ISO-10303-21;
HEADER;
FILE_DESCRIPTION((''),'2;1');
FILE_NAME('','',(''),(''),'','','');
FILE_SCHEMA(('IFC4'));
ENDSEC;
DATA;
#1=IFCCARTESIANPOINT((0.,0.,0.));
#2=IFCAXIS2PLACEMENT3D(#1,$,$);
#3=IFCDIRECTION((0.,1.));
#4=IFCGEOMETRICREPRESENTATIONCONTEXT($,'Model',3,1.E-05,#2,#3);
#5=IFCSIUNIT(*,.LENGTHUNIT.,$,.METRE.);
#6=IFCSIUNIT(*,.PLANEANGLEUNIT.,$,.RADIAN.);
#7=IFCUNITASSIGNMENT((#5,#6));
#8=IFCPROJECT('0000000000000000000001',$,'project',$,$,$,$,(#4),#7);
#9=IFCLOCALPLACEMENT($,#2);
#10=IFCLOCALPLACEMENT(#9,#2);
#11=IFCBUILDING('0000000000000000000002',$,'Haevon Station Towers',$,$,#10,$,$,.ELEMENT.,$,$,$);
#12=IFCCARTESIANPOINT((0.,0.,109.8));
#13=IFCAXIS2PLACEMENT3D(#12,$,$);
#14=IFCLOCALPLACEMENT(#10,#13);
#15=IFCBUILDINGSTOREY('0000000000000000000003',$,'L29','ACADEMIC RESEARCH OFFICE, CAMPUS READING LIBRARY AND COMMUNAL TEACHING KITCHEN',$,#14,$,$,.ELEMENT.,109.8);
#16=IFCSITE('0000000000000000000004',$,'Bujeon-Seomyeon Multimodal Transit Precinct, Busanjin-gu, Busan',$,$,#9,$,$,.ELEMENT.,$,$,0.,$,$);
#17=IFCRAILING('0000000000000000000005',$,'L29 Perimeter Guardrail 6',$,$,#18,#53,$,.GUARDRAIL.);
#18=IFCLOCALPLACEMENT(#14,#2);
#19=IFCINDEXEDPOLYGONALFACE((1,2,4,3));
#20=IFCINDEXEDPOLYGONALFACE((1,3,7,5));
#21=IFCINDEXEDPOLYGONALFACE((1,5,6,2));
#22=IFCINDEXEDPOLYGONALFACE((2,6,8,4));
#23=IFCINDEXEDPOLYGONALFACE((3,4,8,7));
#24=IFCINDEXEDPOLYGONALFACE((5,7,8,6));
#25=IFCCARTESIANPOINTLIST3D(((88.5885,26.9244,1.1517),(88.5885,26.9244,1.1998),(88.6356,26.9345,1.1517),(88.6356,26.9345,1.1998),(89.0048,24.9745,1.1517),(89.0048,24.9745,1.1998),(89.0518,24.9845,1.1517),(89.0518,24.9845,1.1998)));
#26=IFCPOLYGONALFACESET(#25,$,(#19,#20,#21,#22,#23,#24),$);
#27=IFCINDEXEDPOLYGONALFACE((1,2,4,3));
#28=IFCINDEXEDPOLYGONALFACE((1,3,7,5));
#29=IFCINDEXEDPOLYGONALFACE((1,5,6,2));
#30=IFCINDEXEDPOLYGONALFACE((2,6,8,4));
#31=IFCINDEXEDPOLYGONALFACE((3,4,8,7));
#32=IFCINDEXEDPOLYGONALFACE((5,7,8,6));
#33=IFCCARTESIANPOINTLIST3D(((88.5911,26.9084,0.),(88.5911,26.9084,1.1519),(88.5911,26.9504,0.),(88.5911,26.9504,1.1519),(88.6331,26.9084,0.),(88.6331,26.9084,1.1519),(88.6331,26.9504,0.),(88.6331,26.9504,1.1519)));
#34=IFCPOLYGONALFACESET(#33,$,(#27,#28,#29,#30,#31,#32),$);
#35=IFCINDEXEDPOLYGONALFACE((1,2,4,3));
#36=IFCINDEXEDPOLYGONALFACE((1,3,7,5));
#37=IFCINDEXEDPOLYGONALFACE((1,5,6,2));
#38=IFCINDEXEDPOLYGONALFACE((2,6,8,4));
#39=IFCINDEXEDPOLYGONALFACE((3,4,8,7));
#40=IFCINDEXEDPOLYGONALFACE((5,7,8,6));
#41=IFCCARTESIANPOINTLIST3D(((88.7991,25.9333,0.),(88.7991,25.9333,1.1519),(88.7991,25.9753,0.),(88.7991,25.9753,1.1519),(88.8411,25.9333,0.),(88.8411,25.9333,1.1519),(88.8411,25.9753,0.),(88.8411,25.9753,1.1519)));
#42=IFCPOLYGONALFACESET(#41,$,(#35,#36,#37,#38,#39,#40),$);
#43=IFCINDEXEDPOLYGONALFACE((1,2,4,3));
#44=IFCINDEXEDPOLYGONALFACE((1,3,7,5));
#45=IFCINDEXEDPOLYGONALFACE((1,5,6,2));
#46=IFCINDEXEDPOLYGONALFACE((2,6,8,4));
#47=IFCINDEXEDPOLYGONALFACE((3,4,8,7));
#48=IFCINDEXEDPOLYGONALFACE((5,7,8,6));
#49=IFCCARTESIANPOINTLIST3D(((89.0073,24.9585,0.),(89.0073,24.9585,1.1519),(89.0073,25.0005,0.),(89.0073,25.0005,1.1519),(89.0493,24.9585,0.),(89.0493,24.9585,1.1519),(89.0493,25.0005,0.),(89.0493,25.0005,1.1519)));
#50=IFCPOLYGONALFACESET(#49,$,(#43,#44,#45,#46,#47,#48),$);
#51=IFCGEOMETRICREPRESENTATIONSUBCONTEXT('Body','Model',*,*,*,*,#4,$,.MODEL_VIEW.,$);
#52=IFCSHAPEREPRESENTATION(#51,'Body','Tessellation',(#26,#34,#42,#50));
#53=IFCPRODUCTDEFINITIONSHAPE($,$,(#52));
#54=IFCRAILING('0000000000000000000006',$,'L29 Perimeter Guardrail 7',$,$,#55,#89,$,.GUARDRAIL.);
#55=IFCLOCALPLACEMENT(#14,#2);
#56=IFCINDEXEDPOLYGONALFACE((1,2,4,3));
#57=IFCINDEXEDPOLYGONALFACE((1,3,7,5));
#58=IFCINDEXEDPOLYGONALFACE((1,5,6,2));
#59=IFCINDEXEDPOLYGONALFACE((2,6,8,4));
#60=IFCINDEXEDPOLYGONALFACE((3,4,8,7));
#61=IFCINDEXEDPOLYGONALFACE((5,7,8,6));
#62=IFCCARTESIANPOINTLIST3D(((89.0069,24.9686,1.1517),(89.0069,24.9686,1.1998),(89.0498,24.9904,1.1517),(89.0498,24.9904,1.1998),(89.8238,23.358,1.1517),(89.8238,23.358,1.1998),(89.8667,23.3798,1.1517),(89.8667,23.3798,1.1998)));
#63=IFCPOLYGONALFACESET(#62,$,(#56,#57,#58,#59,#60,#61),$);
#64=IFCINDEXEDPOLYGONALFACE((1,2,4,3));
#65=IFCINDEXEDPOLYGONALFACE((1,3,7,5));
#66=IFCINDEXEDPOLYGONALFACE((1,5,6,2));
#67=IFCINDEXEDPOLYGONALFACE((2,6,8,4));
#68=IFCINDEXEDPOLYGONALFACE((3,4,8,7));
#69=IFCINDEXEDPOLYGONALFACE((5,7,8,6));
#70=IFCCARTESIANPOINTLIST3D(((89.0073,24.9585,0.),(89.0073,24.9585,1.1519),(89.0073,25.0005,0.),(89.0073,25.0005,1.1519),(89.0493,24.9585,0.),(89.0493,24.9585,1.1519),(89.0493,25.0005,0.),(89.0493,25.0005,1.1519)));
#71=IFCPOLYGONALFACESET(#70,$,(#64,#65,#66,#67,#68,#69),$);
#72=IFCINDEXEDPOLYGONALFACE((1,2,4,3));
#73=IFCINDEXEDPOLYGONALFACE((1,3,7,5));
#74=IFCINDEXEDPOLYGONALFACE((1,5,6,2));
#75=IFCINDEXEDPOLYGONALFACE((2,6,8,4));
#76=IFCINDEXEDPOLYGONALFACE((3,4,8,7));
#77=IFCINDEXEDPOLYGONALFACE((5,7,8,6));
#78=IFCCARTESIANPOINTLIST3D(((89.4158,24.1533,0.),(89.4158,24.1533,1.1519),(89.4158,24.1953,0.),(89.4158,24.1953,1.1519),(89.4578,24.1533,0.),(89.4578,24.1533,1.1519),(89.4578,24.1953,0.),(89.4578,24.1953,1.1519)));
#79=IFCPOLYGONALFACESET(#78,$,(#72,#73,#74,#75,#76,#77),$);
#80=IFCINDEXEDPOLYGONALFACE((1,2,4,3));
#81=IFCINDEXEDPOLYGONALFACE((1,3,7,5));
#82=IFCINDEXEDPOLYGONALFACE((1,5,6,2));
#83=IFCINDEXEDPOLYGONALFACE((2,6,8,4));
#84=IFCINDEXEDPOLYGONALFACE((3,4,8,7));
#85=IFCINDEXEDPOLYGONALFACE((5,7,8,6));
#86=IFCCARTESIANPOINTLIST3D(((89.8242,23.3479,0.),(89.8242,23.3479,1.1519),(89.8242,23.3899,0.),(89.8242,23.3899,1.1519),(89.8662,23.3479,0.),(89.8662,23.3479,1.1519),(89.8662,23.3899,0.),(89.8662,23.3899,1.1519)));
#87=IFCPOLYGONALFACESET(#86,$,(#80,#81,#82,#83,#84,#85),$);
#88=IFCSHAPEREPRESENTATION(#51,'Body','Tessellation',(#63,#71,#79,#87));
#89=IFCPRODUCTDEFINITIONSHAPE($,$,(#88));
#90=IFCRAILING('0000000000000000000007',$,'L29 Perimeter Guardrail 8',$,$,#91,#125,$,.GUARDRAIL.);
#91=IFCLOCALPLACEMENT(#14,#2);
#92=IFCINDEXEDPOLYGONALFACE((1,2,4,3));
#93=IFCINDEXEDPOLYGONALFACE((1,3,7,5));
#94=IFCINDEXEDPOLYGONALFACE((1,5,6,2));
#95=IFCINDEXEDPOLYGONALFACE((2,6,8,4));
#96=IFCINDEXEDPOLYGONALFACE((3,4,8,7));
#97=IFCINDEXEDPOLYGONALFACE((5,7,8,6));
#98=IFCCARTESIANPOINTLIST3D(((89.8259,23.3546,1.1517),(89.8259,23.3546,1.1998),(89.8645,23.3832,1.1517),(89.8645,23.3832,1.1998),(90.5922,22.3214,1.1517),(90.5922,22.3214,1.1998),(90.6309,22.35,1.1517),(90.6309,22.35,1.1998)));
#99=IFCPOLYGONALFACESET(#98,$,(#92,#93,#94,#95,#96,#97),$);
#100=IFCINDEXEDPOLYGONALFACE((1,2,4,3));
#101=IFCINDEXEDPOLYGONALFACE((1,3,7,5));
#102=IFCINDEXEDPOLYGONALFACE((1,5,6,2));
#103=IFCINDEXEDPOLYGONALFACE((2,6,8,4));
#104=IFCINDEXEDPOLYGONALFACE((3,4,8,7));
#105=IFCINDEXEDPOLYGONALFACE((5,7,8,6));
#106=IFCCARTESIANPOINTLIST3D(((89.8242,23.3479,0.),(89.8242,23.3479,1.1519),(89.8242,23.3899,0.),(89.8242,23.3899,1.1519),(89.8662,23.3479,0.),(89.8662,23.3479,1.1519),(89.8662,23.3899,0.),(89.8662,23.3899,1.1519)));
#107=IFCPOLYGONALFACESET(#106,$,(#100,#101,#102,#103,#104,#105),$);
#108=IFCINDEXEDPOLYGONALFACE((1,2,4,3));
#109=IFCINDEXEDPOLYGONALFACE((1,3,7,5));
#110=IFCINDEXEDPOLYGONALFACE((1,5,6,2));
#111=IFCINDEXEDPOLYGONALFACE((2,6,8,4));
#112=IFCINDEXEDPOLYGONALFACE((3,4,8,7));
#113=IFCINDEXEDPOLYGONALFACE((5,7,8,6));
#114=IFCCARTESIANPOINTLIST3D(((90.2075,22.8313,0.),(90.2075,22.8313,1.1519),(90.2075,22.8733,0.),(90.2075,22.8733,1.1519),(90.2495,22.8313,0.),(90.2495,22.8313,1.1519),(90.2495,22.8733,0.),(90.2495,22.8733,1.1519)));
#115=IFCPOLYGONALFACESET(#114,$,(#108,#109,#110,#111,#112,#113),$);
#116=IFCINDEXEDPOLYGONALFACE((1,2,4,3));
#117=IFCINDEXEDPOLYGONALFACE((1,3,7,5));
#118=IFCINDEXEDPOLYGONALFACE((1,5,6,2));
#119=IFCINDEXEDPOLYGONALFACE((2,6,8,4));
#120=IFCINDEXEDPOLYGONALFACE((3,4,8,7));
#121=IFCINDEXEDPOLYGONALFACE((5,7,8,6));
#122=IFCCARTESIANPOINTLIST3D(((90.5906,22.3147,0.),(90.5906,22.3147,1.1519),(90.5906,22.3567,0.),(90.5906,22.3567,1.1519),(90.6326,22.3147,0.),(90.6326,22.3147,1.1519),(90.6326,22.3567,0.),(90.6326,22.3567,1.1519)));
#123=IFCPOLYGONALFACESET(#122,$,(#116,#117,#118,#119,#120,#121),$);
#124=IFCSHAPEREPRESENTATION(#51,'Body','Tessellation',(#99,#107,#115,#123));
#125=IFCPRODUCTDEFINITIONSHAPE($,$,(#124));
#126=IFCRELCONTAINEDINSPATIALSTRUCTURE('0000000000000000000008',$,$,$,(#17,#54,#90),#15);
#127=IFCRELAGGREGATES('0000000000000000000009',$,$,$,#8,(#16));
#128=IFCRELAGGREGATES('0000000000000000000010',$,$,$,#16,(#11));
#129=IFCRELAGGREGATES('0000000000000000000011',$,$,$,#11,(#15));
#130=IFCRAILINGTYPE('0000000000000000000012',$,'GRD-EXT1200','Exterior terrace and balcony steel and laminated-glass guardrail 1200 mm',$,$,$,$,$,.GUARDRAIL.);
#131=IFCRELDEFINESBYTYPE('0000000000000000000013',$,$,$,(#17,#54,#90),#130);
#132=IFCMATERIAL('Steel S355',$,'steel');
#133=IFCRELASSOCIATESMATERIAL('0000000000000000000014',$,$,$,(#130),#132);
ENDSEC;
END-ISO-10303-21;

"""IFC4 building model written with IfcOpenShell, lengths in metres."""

from ifc_helpers import new_model, si_unit, direction, frame, origin, origin_2d, place, context, subcontext, project, spatial, rectangle, extrude, material, type_object, element, save


model = new_model("IFC4")

# Units and contexts
model_context = context("Model", 3, precision=1e-05, world=origin(), true_north=direction((0.0, 1.0)))
body_context = subcontext(model_context, "Body", "Model", "MODEL_VIEW")
ifc_project = project(units=[si_unit("LENGTHUNIT", "METRE"), si_unit("PLANEANGLEUNIT", "RADIAN")], contexts=[model_context])

# Site, building, storey
site_placement = place(None, origin())
site = spatial("IfcSite", under=ifc_project, at=site_placement, Name="Bujeon-Seomyeon Multimodal Transit Precinct, Busanjin-gu, Busan", CompositionType="ELEMENT", RefElevation=0.0)
building_placement = place(site_placement, origin())
building = spatial("IfcBuilding", under=site, at=building_placement, Name="Haevon Station Towers", CompositionType="ELEMENT")
storey_placement = place(building_placement, frame((0.0, 0.0, 109.8)))
storey = spatial("IfcBuildingStorey", under=building, at=storey_placement, Name="L29", Description="ACADEMIC RESEARCH OFFICE, CAMPUS READING LIBRARY AND COMMUNAL TEACHING KITCHEN", CompositionType="ELEMENT", Elevation=109.8)

# Railings
ifc_material_1 = material(Name="Steel S355", Category="steel")
railing_type = type_object("IfcRailingType", Name="GRD-EXT1200", Description="Exterior terrace and balcony steel and laminated-glass guardrail 1200 mm", PredefinedType="GUARDRAIL", material=ifc_material_1)
railing_1_placement = place(storey_placement, frame((88.6121, 26.9294, 0.0)))
element("IfcRailing", 1, at=railing_1_placement, inside=storey, type_object=railing_type, Name="L29 Perimeter Guardrail 6", PredefinedType="GUARDRAIL", context=body_context, shape_type="SweptSolid", body=[
    extrude(rectangle(XDim=0.0481, YDim=0.0481, at=origin_2d()), frame((0.0, 0.0, 1.1758), z_axis=(0.208768, -0.977965, 0.0), x_axis=(0.977965, 0.208768, 0.0)), (0.0, 0.0, 1.0), 1.9939),
    extrude(rectangle(XDim=0.042, YDim=0.042, at=origin_2d()), origin(), (0.0, 0.0, 1.0), 1.1519),
    extrude(rectangle(XDim=0.042, YDim=0.042, at=origin_2d()), frame((0.208, -0.9751, 0.0)), (0.0, 0.0, 1.0), 1.1519),
    extrude(rectangle(XDim=0.042, YDim=0.042, at=origin_2d()), frame((0.4163, -1.95, 0.0)), (0.0, 0.0, 1.0), 1.1519),
])
railing_2_placement = place(storey_placement, frame((89.0283, 24.9795, 0.0)))
element("IfcRailing", 2, at=railing_2_placement, inside=storey, type_object=railing_type, Name="L29 Perimeter Guardrail 7", PredefinedType="GUARDRAIL", context=body_context, shape_type="SweptSolid", body=[
    extrude(rectangle(XDim=0.0481, YDim=0.0481, at=origin_2d()), frame((0.0, 0.0, 1.1758), z_axis=(0.452343, -0.891844, 0.0), x_axis=(0.891844, 0.452343, 0.0)), (0.0, 0.0, 1.0), 1.8059),
    extrude(rectangle(XDim=0.042, YDim=0.042, at=origin_2d()), origin(), (0.0, 0.0, 1.0), 1.1519),
    extrude(rectangle(XDim=0.042, YDim=0.042, at=origin_2d()), frame((0.4084, -0.8052, 0.0)), (0.0, 0.0, 1.0), 1.1519),
    extrude(rectangle(XDim=0.042, YDim=0.042, at=origin_2d()), frame((0.8169, -1.6106, 0.0)), (0.0, 0.0, 1.0), 1.1519),
])
railing_3_placement = place(storey_placement, frame((89.8452, 23.3689, 0.0)))
element("IfcRailing", 3, at=railing_3_placement, inside=storey, type_object=railing_type, Name="L29 Perimeter Guardrail 8", PredefinedType="GUARDRAIL", context=body_context, shape_type="SweptSolid", body=[
    extrude(rectangle(XDim=0.0481, YDim=0.0481, at=origin_2d()), frame((0.0, 0.0, 1.1758), z_axis=(0.59574, -0.803177, 0.0), x_axis=(0.803177, 0.59574, 0.0)), (0.0, 0.0, 1.0), 1.2864),
    extrude(rectangle(XDim=0.042, YDim=0.042, at=origin_2d()), origin(), (0.0, 0.0, 1.0), 1.1519),
    extrude(rectangle(XDim=0.042, YDim=0.042, at=origin_2d()), frame((0.3833, -0.5166, 0.0)), (0.0, 0.0, 1.0), 1.1519),
    extrude(rectangle(XDim=0.042, YDim=0.042, at=origin_2d()), frame((0.7664, -1.0332, 0.0)), (0.0, 0.0, 1.0), 1.1519),
])

save(model, "model.ifc")
